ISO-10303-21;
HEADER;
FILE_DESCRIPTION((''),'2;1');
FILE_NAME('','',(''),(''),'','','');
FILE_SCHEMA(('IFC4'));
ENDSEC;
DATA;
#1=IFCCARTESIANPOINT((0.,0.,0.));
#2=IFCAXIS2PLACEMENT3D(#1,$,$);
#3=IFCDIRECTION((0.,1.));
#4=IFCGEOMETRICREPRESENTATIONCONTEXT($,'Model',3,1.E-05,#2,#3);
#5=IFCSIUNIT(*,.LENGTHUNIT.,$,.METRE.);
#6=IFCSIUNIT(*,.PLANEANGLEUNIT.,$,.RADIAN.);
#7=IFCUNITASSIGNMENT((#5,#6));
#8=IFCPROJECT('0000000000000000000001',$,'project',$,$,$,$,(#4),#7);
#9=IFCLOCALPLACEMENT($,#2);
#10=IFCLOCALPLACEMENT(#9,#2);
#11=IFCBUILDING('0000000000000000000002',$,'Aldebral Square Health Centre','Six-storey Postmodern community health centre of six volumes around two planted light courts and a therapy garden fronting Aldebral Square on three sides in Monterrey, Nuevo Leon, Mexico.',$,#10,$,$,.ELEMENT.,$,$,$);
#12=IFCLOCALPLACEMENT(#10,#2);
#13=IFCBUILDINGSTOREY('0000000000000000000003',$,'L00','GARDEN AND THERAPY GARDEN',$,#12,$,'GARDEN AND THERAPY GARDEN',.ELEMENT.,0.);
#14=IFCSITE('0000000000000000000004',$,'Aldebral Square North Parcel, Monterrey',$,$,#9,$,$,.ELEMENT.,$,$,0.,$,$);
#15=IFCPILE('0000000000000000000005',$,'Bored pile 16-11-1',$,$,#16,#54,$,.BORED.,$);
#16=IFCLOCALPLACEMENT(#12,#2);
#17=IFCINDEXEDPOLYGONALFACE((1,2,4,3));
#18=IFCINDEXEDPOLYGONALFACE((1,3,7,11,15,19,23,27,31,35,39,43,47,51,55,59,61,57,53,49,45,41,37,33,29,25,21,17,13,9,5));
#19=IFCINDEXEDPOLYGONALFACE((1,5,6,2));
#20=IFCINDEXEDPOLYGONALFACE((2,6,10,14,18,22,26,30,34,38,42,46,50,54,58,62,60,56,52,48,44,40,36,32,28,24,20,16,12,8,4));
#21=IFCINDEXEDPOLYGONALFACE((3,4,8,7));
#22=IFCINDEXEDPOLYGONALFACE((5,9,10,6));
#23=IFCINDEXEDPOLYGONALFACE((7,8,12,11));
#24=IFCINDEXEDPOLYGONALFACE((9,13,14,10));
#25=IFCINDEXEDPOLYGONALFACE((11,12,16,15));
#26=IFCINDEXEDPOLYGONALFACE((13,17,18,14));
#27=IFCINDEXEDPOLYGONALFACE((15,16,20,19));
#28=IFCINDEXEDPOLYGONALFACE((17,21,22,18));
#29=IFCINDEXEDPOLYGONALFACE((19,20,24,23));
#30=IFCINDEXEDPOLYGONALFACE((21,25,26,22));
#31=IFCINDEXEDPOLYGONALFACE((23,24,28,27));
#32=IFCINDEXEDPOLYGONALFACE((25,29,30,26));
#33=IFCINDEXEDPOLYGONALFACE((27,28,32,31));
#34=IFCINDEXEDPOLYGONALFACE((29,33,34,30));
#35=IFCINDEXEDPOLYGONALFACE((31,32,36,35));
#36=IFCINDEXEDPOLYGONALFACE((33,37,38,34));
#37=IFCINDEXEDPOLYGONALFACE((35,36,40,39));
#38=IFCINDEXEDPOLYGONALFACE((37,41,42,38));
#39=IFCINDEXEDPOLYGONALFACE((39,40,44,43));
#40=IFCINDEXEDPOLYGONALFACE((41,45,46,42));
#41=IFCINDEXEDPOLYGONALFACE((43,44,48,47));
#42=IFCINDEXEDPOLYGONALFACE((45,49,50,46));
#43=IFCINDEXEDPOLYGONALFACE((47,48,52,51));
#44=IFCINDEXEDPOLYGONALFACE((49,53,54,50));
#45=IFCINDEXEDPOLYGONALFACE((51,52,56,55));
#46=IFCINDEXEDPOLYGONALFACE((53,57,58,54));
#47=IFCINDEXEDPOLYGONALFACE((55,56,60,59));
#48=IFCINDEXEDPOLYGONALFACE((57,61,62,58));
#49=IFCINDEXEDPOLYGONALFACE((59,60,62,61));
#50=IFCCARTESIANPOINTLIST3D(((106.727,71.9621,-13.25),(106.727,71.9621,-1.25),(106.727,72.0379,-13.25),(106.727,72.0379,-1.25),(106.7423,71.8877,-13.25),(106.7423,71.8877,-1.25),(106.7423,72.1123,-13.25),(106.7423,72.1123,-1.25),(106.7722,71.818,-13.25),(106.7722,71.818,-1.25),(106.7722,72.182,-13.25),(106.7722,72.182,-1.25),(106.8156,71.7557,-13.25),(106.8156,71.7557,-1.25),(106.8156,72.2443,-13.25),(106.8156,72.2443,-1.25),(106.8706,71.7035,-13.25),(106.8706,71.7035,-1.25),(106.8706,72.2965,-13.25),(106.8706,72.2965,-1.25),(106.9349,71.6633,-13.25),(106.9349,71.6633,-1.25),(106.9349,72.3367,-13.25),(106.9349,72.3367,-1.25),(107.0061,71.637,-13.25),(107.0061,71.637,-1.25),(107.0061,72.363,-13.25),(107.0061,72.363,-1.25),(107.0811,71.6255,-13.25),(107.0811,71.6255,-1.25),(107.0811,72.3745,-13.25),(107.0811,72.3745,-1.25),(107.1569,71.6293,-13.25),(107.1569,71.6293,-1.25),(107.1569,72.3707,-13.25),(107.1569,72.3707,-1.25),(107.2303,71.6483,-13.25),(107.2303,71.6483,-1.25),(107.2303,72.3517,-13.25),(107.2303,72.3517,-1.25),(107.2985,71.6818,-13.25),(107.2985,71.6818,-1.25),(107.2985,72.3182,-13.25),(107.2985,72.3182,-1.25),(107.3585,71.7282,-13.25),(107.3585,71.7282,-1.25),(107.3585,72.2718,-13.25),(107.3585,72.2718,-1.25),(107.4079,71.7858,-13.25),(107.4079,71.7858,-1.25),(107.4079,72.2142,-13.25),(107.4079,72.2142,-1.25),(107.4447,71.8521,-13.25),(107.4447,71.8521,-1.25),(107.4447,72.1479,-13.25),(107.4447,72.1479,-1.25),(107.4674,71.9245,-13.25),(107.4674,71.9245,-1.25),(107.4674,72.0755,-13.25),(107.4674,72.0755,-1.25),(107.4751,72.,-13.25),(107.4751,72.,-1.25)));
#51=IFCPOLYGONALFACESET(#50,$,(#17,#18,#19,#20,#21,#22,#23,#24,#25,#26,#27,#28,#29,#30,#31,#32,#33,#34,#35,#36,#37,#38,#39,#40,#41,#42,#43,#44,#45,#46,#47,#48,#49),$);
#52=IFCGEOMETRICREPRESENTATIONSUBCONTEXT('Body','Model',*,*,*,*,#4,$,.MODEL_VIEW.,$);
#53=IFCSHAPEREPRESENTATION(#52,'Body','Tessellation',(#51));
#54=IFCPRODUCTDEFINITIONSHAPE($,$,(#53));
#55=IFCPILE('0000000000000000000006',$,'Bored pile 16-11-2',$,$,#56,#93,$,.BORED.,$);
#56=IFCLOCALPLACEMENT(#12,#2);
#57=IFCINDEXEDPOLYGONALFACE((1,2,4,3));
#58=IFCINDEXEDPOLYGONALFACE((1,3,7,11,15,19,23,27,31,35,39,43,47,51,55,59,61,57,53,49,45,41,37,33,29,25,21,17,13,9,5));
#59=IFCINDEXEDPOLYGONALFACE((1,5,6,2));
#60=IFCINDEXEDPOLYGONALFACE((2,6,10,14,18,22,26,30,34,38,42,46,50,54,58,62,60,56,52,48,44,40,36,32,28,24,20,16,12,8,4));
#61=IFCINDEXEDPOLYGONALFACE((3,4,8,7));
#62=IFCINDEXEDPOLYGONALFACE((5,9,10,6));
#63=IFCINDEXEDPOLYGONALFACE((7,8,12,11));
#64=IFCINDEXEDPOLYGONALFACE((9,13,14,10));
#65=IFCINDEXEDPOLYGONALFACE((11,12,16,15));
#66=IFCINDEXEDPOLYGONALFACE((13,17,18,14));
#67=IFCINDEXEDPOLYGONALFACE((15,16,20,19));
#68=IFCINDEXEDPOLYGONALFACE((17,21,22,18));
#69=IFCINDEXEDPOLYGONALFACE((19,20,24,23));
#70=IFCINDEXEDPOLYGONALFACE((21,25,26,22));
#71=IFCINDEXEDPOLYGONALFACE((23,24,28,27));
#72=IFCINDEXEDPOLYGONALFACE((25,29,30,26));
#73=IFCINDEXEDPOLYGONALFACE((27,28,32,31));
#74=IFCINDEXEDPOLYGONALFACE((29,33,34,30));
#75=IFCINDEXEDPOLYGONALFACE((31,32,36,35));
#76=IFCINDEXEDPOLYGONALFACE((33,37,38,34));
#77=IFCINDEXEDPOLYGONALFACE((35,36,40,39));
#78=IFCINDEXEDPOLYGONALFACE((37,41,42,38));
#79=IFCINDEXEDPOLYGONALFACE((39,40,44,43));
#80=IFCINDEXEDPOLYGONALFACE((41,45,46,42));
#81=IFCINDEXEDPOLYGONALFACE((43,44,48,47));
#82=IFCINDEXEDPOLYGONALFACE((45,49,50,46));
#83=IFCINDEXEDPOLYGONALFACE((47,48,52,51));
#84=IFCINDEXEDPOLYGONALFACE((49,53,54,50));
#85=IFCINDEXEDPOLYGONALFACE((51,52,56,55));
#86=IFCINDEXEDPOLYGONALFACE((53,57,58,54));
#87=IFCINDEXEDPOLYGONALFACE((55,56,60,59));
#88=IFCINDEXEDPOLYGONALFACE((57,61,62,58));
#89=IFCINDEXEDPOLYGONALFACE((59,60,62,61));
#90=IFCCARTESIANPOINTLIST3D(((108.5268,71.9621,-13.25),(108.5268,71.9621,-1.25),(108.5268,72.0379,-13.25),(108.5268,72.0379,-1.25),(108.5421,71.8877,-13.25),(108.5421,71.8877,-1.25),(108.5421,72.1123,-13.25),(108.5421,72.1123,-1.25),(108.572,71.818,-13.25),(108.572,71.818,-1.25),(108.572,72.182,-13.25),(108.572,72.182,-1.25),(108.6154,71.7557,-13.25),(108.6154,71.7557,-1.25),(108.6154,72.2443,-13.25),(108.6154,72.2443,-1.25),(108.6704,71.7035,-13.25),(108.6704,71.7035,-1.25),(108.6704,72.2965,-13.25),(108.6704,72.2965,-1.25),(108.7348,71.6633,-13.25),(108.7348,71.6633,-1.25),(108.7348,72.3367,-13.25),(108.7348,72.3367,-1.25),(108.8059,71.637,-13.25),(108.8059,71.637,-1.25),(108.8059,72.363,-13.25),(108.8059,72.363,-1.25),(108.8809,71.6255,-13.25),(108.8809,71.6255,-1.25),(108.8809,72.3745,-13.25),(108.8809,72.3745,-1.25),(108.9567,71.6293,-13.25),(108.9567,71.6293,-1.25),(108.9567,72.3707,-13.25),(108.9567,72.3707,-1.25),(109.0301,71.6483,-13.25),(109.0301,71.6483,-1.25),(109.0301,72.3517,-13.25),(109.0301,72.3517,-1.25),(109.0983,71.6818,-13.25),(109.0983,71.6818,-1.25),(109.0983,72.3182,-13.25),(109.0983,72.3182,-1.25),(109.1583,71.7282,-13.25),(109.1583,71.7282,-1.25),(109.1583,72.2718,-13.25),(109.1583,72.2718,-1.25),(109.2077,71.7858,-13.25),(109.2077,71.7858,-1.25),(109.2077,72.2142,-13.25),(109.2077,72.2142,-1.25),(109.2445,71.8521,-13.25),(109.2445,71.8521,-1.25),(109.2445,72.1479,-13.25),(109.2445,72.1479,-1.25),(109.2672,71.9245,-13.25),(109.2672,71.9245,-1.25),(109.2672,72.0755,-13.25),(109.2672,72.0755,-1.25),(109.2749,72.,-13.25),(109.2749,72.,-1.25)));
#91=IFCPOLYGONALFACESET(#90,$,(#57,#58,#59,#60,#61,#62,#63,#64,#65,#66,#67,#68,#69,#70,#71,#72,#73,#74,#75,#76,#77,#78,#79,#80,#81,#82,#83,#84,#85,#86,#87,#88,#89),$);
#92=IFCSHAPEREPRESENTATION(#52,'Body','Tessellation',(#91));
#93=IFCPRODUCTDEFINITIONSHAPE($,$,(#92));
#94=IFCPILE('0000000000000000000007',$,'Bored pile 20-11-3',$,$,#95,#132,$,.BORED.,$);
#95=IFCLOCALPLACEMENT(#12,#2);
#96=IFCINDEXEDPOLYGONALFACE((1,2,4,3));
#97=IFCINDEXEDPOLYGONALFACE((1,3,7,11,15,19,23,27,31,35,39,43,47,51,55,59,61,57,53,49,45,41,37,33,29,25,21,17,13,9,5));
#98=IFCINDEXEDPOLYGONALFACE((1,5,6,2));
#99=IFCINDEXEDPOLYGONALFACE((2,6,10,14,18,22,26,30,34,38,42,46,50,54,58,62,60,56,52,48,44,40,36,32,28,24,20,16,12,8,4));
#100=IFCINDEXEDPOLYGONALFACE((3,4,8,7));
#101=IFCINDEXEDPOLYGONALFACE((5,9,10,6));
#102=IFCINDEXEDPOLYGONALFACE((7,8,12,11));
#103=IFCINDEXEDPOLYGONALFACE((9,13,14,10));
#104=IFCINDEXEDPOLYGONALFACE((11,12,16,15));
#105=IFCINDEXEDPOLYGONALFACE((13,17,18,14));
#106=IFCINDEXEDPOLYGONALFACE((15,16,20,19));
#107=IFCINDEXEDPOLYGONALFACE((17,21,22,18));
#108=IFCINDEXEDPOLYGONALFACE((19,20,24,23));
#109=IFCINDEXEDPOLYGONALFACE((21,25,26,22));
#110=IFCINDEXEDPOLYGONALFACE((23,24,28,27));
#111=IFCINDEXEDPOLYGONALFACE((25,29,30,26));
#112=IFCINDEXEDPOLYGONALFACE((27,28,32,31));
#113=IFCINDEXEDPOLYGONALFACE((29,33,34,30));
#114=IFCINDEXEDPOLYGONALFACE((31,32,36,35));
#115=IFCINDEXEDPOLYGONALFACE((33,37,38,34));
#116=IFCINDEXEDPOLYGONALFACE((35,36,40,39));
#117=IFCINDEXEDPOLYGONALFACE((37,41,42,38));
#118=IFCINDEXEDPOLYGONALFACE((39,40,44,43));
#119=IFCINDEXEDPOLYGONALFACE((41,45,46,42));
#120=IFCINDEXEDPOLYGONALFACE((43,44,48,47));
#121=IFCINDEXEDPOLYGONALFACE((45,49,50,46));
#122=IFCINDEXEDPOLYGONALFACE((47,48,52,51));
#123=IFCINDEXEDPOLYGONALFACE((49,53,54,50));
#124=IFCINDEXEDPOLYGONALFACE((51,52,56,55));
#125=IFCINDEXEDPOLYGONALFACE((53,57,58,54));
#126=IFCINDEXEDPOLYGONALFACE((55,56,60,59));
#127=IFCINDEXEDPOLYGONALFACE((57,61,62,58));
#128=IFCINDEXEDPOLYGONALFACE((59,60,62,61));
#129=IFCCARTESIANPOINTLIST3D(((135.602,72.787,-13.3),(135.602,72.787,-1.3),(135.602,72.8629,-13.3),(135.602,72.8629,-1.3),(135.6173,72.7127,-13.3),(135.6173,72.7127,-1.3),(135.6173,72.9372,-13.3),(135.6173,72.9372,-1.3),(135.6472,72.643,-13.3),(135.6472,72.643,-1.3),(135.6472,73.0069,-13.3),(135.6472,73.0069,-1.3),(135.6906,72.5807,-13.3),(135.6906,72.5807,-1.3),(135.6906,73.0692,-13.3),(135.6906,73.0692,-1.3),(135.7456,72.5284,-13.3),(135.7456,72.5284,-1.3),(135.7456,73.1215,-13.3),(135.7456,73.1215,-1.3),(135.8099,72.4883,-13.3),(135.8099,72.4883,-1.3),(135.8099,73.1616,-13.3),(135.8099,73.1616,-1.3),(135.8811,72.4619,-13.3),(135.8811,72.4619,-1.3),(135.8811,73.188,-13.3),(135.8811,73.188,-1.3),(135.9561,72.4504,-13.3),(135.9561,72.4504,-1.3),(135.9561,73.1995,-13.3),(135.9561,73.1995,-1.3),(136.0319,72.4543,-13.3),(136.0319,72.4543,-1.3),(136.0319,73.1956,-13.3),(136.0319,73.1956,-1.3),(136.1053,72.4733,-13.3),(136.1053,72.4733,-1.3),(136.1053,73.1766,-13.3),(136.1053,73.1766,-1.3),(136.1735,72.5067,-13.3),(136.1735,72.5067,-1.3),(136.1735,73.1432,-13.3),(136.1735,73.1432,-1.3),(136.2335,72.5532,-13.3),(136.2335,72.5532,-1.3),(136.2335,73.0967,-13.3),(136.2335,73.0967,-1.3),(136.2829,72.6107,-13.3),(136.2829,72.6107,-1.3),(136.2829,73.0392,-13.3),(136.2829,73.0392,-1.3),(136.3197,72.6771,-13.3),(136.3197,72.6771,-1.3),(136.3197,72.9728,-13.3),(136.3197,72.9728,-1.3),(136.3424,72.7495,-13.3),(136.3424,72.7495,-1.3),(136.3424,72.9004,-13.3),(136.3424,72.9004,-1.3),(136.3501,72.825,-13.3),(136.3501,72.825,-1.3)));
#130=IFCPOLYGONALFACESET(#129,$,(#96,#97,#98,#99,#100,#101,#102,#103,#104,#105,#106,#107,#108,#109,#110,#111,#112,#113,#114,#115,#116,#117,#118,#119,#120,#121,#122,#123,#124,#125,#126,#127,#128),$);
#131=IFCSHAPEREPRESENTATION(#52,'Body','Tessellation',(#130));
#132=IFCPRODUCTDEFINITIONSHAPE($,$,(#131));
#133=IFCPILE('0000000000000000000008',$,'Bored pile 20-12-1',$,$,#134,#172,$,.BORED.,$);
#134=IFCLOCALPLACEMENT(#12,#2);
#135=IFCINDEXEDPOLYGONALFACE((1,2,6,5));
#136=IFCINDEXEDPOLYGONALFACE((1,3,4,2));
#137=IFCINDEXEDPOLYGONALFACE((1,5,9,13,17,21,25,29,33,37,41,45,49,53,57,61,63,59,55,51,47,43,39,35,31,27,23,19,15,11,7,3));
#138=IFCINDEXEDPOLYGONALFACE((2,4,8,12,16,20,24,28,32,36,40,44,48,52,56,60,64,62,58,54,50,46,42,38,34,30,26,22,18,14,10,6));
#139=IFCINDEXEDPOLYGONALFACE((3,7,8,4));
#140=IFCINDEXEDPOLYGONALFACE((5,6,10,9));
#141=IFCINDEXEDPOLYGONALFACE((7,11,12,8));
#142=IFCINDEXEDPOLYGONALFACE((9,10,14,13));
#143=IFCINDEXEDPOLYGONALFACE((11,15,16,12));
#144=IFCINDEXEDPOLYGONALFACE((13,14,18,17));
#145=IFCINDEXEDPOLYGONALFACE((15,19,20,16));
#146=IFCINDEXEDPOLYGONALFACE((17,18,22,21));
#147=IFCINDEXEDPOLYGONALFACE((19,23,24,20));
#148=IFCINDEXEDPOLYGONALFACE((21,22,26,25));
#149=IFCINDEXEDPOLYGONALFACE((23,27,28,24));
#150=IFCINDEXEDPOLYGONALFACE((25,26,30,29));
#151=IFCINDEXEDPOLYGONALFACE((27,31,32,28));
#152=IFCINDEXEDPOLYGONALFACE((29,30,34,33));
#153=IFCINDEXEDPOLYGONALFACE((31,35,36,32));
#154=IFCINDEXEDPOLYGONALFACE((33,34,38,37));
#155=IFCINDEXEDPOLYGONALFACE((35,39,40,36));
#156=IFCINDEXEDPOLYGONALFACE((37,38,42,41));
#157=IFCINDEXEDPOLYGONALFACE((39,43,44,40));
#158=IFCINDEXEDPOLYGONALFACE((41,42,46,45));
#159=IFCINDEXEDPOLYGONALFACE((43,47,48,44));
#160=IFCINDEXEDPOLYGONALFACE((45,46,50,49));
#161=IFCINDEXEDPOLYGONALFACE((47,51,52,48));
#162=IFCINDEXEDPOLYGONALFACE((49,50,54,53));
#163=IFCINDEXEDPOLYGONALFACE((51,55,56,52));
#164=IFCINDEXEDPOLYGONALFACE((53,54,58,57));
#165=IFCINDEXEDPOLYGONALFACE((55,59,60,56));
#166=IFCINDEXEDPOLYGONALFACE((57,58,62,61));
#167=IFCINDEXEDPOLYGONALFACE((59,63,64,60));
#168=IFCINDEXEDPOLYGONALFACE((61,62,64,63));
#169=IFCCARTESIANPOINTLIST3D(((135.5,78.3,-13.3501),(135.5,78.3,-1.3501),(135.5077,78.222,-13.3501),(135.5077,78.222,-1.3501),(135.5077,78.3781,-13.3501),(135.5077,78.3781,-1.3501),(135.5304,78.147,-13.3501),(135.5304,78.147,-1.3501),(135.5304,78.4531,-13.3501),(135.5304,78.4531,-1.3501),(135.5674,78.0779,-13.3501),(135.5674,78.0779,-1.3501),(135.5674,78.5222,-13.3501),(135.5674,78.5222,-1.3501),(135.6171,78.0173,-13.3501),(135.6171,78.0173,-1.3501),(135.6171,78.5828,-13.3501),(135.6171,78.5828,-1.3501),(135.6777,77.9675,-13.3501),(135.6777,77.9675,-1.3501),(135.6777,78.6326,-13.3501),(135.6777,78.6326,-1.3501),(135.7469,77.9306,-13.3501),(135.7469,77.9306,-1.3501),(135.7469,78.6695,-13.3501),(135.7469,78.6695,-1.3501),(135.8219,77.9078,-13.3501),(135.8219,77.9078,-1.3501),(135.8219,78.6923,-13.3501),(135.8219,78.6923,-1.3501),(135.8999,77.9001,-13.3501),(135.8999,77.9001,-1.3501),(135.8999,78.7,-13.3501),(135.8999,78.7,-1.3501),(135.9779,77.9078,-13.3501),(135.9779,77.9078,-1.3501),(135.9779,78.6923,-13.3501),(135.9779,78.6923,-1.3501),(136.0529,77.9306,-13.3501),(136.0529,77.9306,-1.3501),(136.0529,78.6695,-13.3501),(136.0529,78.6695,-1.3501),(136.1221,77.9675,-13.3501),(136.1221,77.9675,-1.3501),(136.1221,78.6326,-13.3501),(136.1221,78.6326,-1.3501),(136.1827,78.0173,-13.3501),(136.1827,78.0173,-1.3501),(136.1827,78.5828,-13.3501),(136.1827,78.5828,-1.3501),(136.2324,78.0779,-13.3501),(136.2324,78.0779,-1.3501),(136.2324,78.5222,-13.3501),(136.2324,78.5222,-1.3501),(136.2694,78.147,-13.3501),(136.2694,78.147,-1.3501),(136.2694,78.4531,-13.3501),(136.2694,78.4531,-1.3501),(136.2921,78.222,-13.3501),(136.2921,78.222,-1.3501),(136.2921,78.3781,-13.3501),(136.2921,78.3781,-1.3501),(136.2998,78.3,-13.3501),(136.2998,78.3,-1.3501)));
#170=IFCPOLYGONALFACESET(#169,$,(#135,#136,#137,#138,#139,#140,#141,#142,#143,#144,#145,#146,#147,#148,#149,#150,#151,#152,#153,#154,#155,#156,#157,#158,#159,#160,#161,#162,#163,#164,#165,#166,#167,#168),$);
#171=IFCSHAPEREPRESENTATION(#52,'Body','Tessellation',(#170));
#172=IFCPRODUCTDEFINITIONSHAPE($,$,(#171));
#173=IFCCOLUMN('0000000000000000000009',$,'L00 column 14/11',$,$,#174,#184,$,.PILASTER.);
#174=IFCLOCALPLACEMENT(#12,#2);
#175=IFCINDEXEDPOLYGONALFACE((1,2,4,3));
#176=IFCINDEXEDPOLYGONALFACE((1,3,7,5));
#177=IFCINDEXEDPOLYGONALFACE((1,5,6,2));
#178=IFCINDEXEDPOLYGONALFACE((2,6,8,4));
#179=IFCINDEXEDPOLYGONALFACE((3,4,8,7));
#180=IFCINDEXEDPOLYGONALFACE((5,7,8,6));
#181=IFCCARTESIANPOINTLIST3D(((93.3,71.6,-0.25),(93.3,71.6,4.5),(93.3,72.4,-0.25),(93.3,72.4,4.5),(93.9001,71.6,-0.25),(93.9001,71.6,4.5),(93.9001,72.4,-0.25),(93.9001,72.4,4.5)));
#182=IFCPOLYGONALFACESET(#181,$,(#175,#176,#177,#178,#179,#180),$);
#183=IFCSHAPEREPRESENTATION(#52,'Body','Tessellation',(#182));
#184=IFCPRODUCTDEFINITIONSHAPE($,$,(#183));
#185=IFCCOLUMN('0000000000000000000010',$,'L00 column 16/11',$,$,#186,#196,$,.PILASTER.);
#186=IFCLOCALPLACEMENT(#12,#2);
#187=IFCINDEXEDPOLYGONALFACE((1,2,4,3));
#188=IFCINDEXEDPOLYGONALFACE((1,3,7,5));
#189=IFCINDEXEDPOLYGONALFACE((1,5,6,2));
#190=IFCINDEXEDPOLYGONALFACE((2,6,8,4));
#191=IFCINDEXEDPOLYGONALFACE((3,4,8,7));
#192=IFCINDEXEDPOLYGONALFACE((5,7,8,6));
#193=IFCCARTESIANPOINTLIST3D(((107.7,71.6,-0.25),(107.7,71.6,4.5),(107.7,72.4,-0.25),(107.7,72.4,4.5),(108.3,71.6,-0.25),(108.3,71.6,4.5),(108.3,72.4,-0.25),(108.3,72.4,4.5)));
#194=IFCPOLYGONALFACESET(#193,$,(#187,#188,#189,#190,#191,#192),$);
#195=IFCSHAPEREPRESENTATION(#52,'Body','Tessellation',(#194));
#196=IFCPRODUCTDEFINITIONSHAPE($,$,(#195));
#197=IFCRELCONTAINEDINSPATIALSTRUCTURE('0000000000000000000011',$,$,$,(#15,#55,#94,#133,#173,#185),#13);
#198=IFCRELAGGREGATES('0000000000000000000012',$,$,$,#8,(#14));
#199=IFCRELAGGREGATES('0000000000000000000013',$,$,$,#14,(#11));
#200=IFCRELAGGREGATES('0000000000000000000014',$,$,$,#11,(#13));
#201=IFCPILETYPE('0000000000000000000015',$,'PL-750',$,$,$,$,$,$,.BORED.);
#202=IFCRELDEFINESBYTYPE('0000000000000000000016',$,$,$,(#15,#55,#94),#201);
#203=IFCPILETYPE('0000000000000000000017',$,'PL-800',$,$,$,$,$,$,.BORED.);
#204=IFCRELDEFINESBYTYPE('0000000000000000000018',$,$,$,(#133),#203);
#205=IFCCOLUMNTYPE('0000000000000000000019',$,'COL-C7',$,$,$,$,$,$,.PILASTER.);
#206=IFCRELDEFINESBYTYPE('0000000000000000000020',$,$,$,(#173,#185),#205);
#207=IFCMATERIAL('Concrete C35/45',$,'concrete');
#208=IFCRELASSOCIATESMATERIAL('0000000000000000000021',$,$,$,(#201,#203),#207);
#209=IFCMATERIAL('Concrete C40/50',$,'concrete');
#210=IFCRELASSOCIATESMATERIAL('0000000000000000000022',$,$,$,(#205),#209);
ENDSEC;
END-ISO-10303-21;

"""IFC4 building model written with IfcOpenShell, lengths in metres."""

from ifc_helpers import new_model, si_unit, direction, frame, origin, origin_2d, place, context, subcontext, project, spatial, rectangle, circle, extrude, material, material_profile, profile_set, type_object, element, save


model = new_model("IFC4")

# Units and contexts
model_context = context("Model", 3, precision=1e-05, world=origin(), true_north=direction((0.0, 1.0)))
body_context = subcontext(model_context, "Body", "Model", "MODEL_VIEW")
ifc_project = project(units=[si_unit("LENGTHUNIT", "METRE"), si_unit("PLANEANGLEUNIT", "RADIAN")], contexts=[model_context])

# Site, building, storey
site_placement = place(None, origin())
site = spatial("IfcSite", under=ifc_project, at=site_placement, Name="Aldebral Square North Parcel, Monterrey", CompositionType="ELEMENT", RefElevation=0.0)
building_placement = place(site_placement, origin())
building = spatial("IfcBuilding", under=site, at=building_placement, Name="Aldebral Square Health Centre", Description="Six-storey Postmodern community health centre of six volumes around two planted light courts and a therapy garden fronting Aldebral Square on three sides in Monterrey, Nuevo Leon, Mexico.", CompositionType="ELEMENT")
storey_placement = place(building_placement, origin())
storey = spatial("IfcBuildingStorey", under=building, at=storey_placement, Name="L00", Description="GARDEN AND THERAPY GARDEN", LongName="GARDEN AND THERAPY GARDEN", CompositionType="ELEMENT", Elevation=0.0)

# Shared definitions
ifc_material_1 = material(Name="Concrete C35/45", Category="concrete")

# Piles
ifc_material_profile_1 = material_profile(ifc_material_1, circle(Radius=0.375, at=origin_2d()), Name="PILE D750")
ifc_profile_set_1 = profile_set([ifc_material_profile_1], Name="Concrete C35/45")
pile_type_1 = type_object("IfcPileType", Name="PL-750", PredefinedType="BORED", material=ifc_profile_set_1)
for number, where, z_axis, x_axis, name in (
    (1, (107.1001, 72.0, -1.25), (0.0, 0.0, -1.0), (1.0, 0.0, 0.0), "Bored pile 16-11-1"),
    (2, (108.8999, 72.0, -1.25), (0.0, 0.0, -1.0), (1.0, 0.0, 0.0), "Bored pile 16-11-2"),
    (3, (135.9751, 72.825, -1.3), (0.0, 0.0, -1.0), (1.0, 0.0, 0.0), "Bored pile 20-11-3"),
):
    element("IfcPile", number, at=place(storey_placement, frame(where, z_axis=z_axis, x_axis=x_axis)), inside=storey, type_object=pile_type_1, Name=name, PredefinedType="BORED", context=body_context, shape_type="SweptSolid", body=[
        extrude(circle(Radius=0.375, at=origin_2d()), origin(), (0.0, 0.0, 1.0), 12.0),
    ])
ifc_material_profile_2 = material_profile(ifc_material_1, circle(Radius=0.3999, at=origin_2d()), Name="PILE D800")
ifc_profile_set_2 = profile_set([ifc_material_profile_2], Name="Concrete C35/45")
pile_type_2 = type_object("IfcPileType", Name="PL-800", PredefinedType="BORED", material=ifc_profile_set_2)
pile_1_placement = place(storey_placement, frame((135.8999, 78.3, -1.3501), z_axis=(0.0, 0.0, -1.0), x_axis=(1.0, 0.0, 0.0)))
element("IfcPile", 4, at=pile_1_placement, inside=storey, type_object=pile_type_2, Name="Bored pile 20-12-1", PredefinedType="BORED", context=body_context, shape_type="SweptSolid", body=[
    extrude(circle(Radius=0.3999, at=origin_2d()), origin(), (0.0, 0.0, 1.0), 12.0),
])

# Columns
ifc_material_2 = material(Name="Concrete C40/50", Category="concrete")
ifc_material_profile_3 = material_profile(ifc_material_2, rectangle(XDim=0.6001, YDim=0.8, at=origin_2d()), Name="RC 600x800")
ifc_profile_set_3 = profile_set([ifc_material_profile_3], Name="Concrete C40/50")
column_type_1 = type_object("IfcColumnType", Name="COL-C7", PredefinedType="PILASTER", material=ifc_profile_set_3)
for number, where, z_axis, x_axis, name in (
    (5, (93.6001, 72.0, -0.25), (0.0, 0.0, 1.0), (1.0, 0.0, 0.0), "L00 column 14/11"),
    (6, (108.0, 72.0, -0.25), (0.0, 0.0, 1.0), (1.0, 0.0, 0.0), "L00 column 16/11"),
):
    element("IfcColumn", number, at=place(storey_placement, frame(where, z_axis=z_axis, x_axis=x_axis)), inside=storey, type_object=column_type_1, Name=name, PredefinedType="PILASTER", context=body_context, shape_type="SweptSolid", body=[
        extrude(rectangle(XDim=0.6001, YDim=0.8, at=origin_2d()), origin(), (0.0, 0.0, 1.0), 4.75),
    ])

save(model, "model.ifc")
